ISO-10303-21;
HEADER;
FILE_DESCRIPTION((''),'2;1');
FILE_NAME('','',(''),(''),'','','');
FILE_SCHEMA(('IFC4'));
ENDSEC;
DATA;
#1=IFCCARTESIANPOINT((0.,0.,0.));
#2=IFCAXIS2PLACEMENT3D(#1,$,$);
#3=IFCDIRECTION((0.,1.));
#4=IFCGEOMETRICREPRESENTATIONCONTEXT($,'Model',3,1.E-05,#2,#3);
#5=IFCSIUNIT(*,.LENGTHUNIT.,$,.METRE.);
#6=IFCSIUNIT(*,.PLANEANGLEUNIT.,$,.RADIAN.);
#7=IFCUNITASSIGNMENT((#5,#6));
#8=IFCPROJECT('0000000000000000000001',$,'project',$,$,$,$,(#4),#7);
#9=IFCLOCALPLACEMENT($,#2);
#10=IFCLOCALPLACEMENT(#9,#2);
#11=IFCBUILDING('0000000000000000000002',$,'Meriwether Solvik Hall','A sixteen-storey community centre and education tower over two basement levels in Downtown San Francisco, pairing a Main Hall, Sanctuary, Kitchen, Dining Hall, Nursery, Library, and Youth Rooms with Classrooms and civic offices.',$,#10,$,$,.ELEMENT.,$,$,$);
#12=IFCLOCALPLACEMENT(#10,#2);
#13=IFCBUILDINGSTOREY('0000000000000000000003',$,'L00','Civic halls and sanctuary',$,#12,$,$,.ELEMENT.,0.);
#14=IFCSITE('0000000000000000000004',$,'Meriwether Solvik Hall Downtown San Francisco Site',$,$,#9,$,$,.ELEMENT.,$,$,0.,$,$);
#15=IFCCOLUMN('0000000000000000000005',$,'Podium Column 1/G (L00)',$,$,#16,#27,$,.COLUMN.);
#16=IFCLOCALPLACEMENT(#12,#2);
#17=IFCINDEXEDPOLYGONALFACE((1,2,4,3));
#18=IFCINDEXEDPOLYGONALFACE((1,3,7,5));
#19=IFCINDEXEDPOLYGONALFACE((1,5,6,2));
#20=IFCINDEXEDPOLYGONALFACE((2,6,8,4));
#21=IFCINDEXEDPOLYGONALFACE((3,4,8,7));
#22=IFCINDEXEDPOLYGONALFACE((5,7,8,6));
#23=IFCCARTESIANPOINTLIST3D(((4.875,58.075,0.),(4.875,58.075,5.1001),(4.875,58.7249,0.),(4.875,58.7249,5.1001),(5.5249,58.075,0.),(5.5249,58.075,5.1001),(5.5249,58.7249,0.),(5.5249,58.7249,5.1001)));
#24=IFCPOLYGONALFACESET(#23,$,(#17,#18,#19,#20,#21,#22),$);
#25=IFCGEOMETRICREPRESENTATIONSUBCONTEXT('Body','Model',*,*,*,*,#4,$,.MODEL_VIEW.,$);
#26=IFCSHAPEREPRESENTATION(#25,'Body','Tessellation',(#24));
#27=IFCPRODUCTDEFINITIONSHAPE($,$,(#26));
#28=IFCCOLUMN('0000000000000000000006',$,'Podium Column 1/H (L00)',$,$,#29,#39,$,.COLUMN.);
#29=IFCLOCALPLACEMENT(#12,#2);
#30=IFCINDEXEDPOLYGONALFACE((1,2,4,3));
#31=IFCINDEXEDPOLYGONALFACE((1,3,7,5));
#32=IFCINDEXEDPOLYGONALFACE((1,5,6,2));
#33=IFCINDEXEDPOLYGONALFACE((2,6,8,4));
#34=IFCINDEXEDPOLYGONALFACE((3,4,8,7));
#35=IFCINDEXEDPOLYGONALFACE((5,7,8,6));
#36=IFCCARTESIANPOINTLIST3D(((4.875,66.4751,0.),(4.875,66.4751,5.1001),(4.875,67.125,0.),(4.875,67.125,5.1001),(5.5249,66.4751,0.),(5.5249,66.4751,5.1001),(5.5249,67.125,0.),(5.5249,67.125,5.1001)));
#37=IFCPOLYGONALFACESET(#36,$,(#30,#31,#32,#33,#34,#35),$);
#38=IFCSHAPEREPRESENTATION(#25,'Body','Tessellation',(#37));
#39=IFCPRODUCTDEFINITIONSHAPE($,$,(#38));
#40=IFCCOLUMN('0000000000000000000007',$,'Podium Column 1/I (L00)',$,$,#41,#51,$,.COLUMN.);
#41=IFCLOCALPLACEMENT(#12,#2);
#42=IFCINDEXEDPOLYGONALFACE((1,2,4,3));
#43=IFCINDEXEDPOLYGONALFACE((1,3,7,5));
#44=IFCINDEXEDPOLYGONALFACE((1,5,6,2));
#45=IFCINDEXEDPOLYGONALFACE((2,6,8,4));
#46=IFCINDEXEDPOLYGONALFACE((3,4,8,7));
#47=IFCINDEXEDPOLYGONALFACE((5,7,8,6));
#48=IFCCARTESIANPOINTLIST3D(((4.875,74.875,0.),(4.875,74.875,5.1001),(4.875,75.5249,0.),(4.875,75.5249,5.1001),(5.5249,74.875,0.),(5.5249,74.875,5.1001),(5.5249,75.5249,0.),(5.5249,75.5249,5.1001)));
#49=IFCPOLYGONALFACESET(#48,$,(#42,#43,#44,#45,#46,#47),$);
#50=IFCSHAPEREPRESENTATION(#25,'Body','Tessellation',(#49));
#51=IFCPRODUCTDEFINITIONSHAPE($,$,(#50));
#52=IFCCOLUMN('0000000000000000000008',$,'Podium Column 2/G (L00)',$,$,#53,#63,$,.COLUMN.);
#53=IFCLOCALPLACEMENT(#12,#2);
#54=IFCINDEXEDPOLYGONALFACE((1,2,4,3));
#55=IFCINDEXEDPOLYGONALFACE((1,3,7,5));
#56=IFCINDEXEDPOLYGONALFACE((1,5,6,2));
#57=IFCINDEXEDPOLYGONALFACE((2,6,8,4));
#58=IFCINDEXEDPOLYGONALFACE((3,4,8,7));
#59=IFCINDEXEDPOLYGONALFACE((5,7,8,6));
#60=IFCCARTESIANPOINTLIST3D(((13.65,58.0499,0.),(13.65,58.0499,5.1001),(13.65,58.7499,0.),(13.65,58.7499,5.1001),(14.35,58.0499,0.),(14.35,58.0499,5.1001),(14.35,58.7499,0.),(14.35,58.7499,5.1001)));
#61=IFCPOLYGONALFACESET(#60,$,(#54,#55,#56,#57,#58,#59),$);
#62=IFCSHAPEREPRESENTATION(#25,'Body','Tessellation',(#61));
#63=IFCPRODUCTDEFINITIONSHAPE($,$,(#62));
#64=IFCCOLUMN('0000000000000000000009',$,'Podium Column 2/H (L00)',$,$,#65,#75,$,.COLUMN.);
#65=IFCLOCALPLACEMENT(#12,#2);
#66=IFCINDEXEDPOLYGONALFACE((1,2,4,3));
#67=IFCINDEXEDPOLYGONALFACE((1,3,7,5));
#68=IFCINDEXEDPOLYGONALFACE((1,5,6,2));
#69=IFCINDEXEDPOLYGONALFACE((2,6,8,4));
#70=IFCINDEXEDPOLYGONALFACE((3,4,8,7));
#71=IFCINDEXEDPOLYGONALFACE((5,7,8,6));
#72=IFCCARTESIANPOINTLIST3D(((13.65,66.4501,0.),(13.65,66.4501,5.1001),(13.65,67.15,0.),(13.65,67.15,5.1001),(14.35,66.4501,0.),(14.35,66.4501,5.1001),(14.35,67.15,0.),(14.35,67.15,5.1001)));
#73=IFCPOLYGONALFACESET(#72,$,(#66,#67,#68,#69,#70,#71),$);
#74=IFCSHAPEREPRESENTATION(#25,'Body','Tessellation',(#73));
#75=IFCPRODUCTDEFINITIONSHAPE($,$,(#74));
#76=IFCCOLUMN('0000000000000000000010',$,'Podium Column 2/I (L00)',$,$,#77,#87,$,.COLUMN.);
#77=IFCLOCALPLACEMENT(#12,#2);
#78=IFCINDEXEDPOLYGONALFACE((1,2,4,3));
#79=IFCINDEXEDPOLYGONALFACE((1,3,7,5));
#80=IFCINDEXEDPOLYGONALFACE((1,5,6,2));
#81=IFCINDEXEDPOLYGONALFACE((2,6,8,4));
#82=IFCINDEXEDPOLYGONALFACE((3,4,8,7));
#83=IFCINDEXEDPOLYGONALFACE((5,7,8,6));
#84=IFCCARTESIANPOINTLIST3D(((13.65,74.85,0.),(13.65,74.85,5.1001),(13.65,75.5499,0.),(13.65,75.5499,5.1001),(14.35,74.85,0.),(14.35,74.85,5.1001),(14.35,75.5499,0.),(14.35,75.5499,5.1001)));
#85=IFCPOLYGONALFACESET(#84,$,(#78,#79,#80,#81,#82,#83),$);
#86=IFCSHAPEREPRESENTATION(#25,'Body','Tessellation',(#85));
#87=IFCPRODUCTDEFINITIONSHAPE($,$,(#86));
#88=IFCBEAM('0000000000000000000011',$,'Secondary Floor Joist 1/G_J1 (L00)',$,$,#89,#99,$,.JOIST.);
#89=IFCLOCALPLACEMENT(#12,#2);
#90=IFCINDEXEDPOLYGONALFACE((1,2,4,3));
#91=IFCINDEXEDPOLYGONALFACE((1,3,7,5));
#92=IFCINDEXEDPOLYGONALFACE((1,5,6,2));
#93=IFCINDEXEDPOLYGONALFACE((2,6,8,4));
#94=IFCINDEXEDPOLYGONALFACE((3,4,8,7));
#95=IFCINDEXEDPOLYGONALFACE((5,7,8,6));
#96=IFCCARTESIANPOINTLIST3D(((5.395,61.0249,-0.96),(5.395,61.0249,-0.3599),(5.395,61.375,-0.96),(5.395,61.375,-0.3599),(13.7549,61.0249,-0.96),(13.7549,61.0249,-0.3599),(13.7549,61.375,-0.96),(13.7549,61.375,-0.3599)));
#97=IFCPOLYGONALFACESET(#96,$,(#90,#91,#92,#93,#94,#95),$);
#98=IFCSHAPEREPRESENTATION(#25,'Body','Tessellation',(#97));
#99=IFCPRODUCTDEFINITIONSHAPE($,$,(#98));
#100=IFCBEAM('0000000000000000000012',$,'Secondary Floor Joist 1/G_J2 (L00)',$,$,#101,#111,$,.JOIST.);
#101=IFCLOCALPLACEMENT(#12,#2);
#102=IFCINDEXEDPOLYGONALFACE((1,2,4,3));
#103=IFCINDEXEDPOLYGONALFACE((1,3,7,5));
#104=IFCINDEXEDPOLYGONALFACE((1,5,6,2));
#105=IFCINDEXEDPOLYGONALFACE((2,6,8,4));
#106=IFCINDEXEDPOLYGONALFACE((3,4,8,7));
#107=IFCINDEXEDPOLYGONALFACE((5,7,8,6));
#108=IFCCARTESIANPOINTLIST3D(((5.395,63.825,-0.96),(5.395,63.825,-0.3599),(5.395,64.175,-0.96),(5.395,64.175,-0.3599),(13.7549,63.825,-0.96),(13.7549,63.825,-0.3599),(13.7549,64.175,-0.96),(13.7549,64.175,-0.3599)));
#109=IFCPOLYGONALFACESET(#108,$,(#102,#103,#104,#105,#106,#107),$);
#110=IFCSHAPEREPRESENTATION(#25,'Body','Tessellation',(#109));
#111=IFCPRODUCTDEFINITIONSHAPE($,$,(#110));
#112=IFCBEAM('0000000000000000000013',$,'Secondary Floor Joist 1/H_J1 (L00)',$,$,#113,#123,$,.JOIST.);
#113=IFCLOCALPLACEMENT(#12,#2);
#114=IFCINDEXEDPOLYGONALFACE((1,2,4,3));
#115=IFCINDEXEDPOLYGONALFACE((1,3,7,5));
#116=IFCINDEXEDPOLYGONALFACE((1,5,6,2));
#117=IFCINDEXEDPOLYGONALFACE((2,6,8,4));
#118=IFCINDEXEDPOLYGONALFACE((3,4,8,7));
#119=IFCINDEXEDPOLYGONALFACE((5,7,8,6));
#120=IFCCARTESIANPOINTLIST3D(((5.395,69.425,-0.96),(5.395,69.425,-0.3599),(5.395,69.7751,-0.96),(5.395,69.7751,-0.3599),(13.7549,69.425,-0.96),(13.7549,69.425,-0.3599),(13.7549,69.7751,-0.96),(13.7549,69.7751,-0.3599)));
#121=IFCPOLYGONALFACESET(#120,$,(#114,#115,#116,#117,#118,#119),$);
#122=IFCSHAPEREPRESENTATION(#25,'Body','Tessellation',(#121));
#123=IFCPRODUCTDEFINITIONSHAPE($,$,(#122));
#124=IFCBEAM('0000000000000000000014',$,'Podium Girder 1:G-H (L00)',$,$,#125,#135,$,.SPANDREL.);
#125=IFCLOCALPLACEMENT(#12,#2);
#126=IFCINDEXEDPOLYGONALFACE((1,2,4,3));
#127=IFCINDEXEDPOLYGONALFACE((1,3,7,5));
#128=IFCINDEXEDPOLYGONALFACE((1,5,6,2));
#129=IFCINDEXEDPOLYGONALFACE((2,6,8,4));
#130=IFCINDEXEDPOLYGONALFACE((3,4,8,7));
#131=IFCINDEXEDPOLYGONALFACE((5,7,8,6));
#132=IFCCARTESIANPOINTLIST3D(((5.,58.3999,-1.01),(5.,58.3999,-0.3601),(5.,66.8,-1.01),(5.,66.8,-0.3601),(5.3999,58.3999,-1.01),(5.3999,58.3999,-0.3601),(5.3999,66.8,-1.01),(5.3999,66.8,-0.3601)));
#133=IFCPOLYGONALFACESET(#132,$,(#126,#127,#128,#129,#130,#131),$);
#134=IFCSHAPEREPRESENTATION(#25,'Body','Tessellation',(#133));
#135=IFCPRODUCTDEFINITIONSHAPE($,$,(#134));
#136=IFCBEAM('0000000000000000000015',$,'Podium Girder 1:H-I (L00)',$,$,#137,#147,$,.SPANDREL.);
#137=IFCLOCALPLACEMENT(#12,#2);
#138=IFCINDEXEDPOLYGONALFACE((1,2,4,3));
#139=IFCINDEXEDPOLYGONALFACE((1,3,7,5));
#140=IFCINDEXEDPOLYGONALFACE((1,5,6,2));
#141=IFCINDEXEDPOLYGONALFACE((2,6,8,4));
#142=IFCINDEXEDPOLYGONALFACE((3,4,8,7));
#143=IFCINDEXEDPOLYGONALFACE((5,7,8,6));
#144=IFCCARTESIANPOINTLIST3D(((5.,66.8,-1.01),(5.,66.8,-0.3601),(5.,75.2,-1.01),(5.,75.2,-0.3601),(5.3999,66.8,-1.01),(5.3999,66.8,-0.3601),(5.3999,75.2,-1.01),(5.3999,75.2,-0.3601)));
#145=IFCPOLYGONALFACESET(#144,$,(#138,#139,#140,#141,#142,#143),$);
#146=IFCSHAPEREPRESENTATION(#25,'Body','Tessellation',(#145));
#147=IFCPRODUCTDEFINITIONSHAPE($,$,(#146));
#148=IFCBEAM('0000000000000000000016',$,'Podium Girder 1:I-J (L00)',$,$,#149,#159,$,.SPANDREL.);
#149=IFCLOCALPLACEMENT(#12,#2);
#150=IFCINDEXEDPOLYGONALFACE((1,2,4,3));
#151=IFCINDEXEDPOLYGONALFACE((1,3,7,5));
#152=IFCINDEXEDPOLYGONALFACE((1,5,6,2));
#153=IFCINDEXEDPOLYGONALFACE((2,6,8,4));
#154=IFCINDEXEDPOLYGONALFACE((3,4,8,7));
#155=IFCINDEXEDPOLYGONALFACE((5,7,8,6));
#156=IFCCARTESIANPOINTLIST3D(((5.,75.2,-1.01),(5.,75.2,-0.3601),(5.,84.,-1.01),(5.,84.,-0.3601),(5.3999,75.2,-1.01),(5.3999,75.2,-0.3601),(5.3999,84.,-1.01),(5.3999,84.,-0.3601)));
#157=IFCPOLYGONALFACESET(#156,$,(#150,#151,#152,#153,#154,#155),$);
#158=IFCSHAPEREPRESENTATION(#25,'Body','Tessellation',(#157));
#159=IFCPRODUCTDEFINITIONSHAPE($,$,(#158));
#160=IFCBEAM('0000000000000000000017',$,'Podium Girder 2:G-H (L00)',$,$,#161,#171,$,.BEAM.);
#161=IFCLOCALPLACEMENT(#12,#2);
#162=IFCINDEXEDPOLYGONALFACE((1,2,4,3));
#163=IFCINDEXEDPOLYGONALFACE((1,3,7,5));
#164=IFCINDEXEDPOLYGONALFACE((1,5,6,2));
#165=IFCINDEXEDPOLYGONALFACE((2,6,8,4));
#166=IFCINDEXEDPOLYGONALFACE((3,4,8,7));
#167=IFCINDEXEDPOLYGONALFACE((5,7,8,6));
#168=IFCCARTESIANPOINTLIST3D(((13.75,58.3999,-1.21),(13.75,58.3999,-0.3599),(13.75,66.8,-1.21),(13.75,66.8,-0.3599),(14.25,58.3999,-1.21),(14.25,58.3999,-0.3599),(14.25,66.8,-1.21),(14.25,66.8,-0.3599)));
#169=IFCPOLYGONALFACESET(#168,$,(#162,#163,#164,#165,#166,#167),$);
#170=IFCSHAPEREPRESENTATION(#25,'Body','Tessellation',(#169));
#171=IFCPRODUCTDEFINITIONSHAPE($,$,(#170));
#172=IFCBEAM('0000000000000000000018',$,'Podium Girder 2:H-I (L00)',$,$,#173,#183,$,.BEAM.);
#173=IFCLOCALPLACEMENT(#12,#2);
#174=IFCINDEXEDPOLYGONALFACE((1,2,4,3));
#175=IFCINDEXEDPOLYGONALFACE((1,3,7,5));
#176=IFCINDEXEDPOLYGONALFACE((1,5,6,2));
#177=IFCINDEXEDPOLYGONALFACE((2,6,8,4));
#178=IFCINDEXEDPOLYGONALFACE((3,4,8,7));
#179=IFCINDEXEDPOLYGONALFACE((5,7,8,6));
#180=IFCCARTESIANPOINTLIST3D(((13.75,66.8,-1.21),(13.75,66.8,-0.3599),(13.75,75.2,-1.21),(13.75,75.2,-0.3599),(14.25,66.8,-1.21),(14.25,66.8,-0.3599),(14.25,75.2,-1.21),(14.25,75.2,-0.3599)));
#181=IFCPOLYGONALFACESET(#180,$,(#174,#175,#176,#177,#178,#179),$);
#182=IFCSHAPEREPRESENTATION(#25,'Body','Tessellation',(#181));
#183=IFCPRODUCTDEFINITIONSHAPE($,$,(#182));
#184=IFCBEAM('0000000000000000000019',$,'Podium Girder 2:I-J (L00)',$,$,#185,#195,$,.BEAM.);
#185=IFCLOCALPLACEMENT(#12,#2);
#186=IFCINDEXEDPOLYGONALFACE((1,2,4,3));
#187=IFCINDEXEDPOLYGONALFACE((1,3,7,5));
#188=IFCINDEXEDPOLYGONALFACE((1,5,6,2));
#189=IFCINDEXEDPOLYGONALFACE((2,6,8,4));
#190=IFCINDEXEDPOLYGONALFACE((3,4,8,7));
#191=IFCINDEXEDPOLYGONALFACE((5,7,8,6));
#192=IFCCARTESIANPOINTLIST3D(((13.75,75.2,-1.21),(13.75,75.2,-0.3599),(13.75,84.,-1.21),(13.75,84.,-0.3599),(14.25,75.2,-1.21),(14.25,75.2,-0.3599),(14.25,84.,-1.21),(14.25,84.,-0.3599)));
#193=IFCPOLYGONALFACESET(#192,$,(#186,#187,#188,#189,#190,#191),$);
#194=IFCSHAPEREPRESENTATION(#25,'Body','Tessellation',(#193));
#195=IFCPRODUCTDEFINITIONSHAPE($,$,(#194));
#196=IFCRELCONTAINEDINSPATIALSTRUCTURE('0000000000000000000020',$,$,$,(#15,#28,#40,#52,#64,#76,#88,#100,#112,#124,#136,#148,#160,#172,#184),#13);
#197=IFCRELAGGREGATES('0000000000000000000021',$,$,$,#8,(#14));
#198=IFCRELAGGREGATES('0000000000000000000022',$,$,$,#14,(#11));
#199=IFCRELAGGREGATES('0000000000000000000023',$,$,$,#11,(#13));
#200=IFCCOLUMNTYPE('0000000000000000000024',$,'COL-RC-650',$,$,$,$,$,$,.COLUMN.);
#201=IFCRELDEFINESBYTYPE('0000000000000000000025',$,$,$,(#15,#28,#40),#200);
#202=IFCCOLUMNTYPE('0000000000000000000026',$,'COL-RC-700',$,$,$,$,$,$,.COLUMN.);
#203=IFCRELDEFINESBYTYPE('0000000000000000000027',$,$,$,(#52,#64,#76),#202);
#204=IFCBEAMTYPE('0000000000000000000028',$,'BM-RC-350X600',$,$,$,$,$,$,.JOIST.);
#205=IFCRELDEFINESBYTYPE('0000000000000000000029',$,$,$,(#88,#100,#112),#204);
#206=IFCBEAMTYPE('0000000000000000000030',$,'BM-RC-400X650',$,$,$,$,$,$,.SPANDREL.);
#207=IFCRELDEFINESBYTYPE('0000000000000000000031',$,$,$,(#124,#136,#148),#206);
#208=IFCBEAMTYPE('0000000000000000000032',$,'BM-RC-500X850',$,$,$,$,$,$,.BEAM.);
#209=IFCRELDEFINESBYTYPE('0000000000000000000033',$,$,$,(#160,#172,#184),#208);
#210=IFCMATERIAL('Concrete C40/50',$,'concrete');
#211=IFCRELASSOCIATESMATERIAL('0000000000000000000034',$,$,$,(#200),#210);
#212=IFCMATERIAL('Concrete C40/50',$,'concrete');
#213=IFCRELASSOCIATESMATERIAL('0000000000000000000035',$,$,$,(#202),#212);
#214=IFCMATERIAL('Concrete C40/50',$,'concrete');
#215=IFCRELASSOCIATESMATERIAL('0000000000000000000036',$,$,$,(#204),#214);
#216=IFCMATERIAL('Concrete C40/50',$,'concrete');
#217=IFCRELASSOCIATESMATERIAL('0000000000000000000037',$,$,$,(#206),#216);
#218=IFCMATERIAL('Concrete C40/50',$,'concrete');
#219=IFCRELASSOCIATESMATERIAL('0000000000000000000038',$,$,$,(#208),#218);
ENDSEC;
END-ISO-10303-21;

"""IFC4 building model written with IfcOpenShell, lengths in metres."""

from ifc_helpers import new_model, si_unit, direction, frame, origin, origin_2d, place, context, subcontext, project, spatial, rectangle, extrude, material, material_profile, profile_set, type_object, element, save


model = new_model("IFC4")

# Units and contexts
model_context = context("Model", 3, precision=1e-05, world=origin(), true_north=direction((0.0, 1.0)))
body_context = subcontext(model_context, "Body", "Model", "MODEL_VIEW")
ifc_project = project(units=[si_unit("LENGTHUNIT", "METRE"), si_unit("PLANEANGLEUNIT", "RADIAN")], contexts=[model_context])

# Site, building, storey
site_placement = place(None, origin())
site = spatial("IfcSite", under=ifc_project, at=site_placement, Name="Meriwether Solvik Hall Downtown San Francisco Site", CompositionType="ELEMENT", RefElevation=0.0)
building_placement = place(site_placement, origin())
building = spatial("IfcBuilding", under=site, at=building_placement, Name="Meriwether Solvik Hall", Description="A sixteen-storey community centre and education tower over two basement levels in Downtown San Francisco, pairing a Main Hall, Sanctuary, Kitchen, Dining Hall, Nursery, Library, and Youth Rooms with Classrooms and civic offices.", CompositionType="ELEMENT")
storey_placement = place(building_placement, origin())
storey = spatial("IfcBuildingStorey", under=building, at=storey_placement, Name="L00", Description="Civic halls and sanctuary", CompositionType="ELEMENT", Elevation=0.0)

# Columns
ifc_material_1 = material(Name="Concrete C40/50", Category="concrete")
ifc_material_profile_1 = material_profile(ifc_material_1, rectangle(XDim=0.6499, YDim=0.6499, at=origin_2d()), Name="RCC-650X650")
ifc_profile_set_1 = profile_set([ifc_material_profile_1], Name="Concrete C40/50")
column_type_1 = type_object("IfcColumnType", Name="COL-RC-650", PredefinedType="COLUMN", material=ifc_profile_set_1)
for number, where, z_axis, x_axis, name in (
    (1, (5.2, 58.3999, 0.0), (0.0, 0.0, 1.0), (1.0, 0.0, 0.0), "Podium Column 1/G (L00)"),
    (2, (5.2, 66.8, 0.0), (0.0, 0.0, 1.0), (1.0, 0.0, 0.0), "Podium Column 1/H (L00)"),
    (3, (5.2, 75.2, 0.0), (0.0, 0.0, 1.0), (1.0, 0.0, 0.0), "Podium Column 1/I (L00)"),
):
    element("IfcColumn", number, at=place(storey_placement, frame(where, z_axis=z_axis, x_axis=x_axis)), inside=storey, type_object=column_type_1, Name=name, PredefinedType="COLUMN", context=body_context, shape_type="SweptSolid", body=[
        extrude(rectangle(XDim=0.6499, YDim=0.6499, at=origin_2d()), origin(), (0.0, 0.0, 1.0), 5.1001),
    ])
ifc_material_2 = material(Name="Concrete C40/50", Category="concrete")
ifc_material_profile_2 = material_profile(ifc_material_2, rectangle(XDim=0.7, YDim=0.7, at=origin_2d()), Name="RCC-700X700")
ifc_profile_set_2 = profile_set([ifc_material_profile_2], Name="Concrete C40/50")
column_type_2 = type_object("IfcColumnType", Name="COL-RC-700", PredefinedType="COLUMN", material=ifc_profile_set_2)
for number, where, z_axis, x_axis, name in (
    (4, (14.0, 58.3999, 0.0), (0.0, 0.0, 1.0), (1.0, 0.0, 0.0), "Podium Column 2/G (L00)"),
    (5, (14.0, 66.8, 0.0), (0.0, 0.0, 1.0), (1.0, 0.0, 0.0), "Podium Column 2/H (L00)"),
    (6, (14.0, 75.2, 0.0), (0.0, 0.0, 1.0), (1.0, 0.0, 0.0), "Podium Column 2/I (L00)"),
):
    element("IfcColumn", number, at=place(storey_placement, frame(where, z_axis=z_axis, x_axis=x_axis)), inside=storey, type_object=column_type_2, Name=name, PredefinedType="COLUMN", context=body_context, shape_type="SweptSolid", body=[
        extrude(rectangle(XDim=0.7, YDim=0.7, at=origin_2d()), origin(), (0.0, 0.0, 1.0), 5.1001),
    ])

# Beams
ifc_material_3 = material(Name="Concrete C40/50", Category="concrete")
ifc_material_profile_3 = material_profile(ifc_material_3, rectangle(XDim=0.3501, YDim=0.6001, at=origin_2d()), Name="RCB-350X600")
ifc_profile_set_3 = profile_set([ifc_material_profile_3], Name="Concrete C40/50")
beam_type_1 = type_object("IfcBeamType", Name="BM-RC-350X600", PredefinedType="JOIST", material=ifc_profile_set_3)
for number, where, z_axis, x_axis, name in (
    (7, (5.395, 61.2, -0.6599), (1.0, 0.0, 0.0), (0.0, 1.0, 0.0), "Secondary Floor Joist 1/G_J1 (L00)"),
    (8, (5.395, 64.0, -0.6599), (1.0, 0.0, 0.0), (0.0, 1.0, 0.0), "Secondary Floor Joist 1/G_J2 (L00)"),
    (9, (5.395, 69.6001, -0.6599), (1.0, 0.0, 0.0), (0.0, 1.0, 0.0), "Secondary Floor Joist 1/H_J1 (L00)"),
):
    element("IfcBeam", number, at=place(storey_placement, frame(where, z_axis=z_axis, x_axis=x_axis)), inside=storey, type_object=beam_type_1, Name=name, PredefinedType="JOIST", context=body_context, shape_type="SweptSolid", body=[
        extrude(rectangle(XDim=0.3501, YDim=0.6001, at=origin_2d()), origin(), (0.0, 0.0, 1.0), 8.3599),
    ])
ifc_material_4 = material(Name="Concrete C40/50", Category="concrete")
ifc_material_profile_4 = material_profile(ifc_material_4, rectangle(XDim=0.3999, YDim=0.6499, at=origin_2d()), Name="RCB-400X650")
ifc_profile_set_4 = profile_set([ifc_material_profile_4], Name="Concrete C40/50")
beam_type_2 = type_object("IfcBeamType", Name="BM-RC-400X650", PredefinedType="SPANDREL", material=ifc_profile_set_4)
beam_1_placement = place(storey_placement, frame((5.2, 58.3999, -0.6851), z_axis=(0.0, 1.0, 0.0), x_axis=(-1.0, 0.0, 0.0)))
element("IfcBeam", 10, at=beam_1_placement, inside=storey, type_object=beam_type_2, Name="Podium Girder 1:G-H (L00)", PredefinedType="SPANDREL", context=body_context, shape_type="SweptSolid", body=[
    extrude(rectangle(XDim=0.3999, YDim=0.6499, at=origin_2d()), origin(), (0.0, 0.0, 1.0), 8.4001),
])
beam_2_placement = place(storey_placement, frame((5.2, 66.8, -0.6851), z_axis=(0.0, 1.0, 0.0), x_axis=(-1.0, 0.0, 0.0)))
element("IfcBeam", 11, at=beam_2_placement, inside=storey, type_object=beam_type_2, Name="Podium Girder 1:H-I (L00)", PredefinedType="SPANDREL", context=body_context, shape_type="SweptSolid", body=[
    extrude(rectangle(XDim=0.3999, YDim=0.6499, at=origin_2d()), origin(), (0.0, 0.0, 1.0), 8.3999),
])
beam_3_placement = place(storey_placement, frame((5.2, 75.2, -0.6851), z_axis=(0.0, 1.0, 0.0), x_axis=(-1.0, 0.0, 0.0)))
element("IfcBeam", 12, at=beam_3_placement, inside=storey, type_object=beam_type_2, Name="Podium Girder 1:I-J (L00)", PredefinedType="SPANDREL", context=body_context, shape_type="SweptSolid", body=[
    extrude(rectangle(XDim=0.3999, YDim=0.6499, at=origin_2d()), origin(), (0.0, 0.0, 1.0), 8.8),
])
ifc_material_5 = material(Name="Concrete C40/50", Category="concrete")
ifc_material_profile_5 = material_profile(ifc_material_5, rectangle(XDim=0.5, YDim=0.8501, at=origin_2d()), Name="RCB-500X850")
ifc_profile_set_5 = profile_set([ifc_material_profile_5], Name="Concrete C40/50")
beam_type_3 = type_object("IfcBeamType", Name="BM-RC-500X850", PredefinedType="BEAM", material=ifc_profile_set_5)
beam_4_placement = place(storey_placement, frame((14.0, 58.3999, -0.7849), z_axis=(0.0, 1.0, 0.0), x_axis=(-1.0, 0.0, 0.0)))
element("IfcBeam", 13, at=beam_4_placement, inside=storey, type_object=beam_type_3, Name="Podium Girder 2:G-H (L00)", PredefinedType="BEAM", context=body_context, shape_type="SweptSolid", body=[
    extrude(rectangle(XDim=0.5, YDim=0.8501, at=origin_2d()), origin(), (0.0, 0.0, 1.0), 8.4001),
])
beam_5_placement = place(storey_placement, frame((14.0, 66.8, -0.7849), z_axis=(0.0, 1.0, 0.0), x_axis=(-1.0, 0.0, 0.0)))
element("IfcBeam", 14, at=beam_5_placement, inside=storey, type_object=beam_type_3, Name="Podium Girder 2:H-I (L00)", PredefinedType="BEAM", context=body_context, shape_type="SweptSolid", body=[
    extrude(rectangle(XDim=0.5, YDim=0.8501, at=origin_2d()), origin(), (0.0, 0.0, 1.0), 8.3999),
])
beam_6_placement = place(storey_placement, frame((14.0, 75.2, -0.7849), z_axis=(0.0, 1.0, 0.0), x_axis=(-1.0, 0.0, 0.0)))
element("IfcBeam", 15, at=beam_6_placement, inside=storey, type_object=beam_type_3, Name="Podium Girder 2:I-J (L00)", PredefinedType="BEAM", context=body_context, shape_type="SweptSolid", body=[
    extrude(rectangle(XDim=0.5, YDim=0.8501, at=origin_2d()), origin(), (0.0, 0.0, 1.0), 8.8),
])

save(model, "model.ifc")
